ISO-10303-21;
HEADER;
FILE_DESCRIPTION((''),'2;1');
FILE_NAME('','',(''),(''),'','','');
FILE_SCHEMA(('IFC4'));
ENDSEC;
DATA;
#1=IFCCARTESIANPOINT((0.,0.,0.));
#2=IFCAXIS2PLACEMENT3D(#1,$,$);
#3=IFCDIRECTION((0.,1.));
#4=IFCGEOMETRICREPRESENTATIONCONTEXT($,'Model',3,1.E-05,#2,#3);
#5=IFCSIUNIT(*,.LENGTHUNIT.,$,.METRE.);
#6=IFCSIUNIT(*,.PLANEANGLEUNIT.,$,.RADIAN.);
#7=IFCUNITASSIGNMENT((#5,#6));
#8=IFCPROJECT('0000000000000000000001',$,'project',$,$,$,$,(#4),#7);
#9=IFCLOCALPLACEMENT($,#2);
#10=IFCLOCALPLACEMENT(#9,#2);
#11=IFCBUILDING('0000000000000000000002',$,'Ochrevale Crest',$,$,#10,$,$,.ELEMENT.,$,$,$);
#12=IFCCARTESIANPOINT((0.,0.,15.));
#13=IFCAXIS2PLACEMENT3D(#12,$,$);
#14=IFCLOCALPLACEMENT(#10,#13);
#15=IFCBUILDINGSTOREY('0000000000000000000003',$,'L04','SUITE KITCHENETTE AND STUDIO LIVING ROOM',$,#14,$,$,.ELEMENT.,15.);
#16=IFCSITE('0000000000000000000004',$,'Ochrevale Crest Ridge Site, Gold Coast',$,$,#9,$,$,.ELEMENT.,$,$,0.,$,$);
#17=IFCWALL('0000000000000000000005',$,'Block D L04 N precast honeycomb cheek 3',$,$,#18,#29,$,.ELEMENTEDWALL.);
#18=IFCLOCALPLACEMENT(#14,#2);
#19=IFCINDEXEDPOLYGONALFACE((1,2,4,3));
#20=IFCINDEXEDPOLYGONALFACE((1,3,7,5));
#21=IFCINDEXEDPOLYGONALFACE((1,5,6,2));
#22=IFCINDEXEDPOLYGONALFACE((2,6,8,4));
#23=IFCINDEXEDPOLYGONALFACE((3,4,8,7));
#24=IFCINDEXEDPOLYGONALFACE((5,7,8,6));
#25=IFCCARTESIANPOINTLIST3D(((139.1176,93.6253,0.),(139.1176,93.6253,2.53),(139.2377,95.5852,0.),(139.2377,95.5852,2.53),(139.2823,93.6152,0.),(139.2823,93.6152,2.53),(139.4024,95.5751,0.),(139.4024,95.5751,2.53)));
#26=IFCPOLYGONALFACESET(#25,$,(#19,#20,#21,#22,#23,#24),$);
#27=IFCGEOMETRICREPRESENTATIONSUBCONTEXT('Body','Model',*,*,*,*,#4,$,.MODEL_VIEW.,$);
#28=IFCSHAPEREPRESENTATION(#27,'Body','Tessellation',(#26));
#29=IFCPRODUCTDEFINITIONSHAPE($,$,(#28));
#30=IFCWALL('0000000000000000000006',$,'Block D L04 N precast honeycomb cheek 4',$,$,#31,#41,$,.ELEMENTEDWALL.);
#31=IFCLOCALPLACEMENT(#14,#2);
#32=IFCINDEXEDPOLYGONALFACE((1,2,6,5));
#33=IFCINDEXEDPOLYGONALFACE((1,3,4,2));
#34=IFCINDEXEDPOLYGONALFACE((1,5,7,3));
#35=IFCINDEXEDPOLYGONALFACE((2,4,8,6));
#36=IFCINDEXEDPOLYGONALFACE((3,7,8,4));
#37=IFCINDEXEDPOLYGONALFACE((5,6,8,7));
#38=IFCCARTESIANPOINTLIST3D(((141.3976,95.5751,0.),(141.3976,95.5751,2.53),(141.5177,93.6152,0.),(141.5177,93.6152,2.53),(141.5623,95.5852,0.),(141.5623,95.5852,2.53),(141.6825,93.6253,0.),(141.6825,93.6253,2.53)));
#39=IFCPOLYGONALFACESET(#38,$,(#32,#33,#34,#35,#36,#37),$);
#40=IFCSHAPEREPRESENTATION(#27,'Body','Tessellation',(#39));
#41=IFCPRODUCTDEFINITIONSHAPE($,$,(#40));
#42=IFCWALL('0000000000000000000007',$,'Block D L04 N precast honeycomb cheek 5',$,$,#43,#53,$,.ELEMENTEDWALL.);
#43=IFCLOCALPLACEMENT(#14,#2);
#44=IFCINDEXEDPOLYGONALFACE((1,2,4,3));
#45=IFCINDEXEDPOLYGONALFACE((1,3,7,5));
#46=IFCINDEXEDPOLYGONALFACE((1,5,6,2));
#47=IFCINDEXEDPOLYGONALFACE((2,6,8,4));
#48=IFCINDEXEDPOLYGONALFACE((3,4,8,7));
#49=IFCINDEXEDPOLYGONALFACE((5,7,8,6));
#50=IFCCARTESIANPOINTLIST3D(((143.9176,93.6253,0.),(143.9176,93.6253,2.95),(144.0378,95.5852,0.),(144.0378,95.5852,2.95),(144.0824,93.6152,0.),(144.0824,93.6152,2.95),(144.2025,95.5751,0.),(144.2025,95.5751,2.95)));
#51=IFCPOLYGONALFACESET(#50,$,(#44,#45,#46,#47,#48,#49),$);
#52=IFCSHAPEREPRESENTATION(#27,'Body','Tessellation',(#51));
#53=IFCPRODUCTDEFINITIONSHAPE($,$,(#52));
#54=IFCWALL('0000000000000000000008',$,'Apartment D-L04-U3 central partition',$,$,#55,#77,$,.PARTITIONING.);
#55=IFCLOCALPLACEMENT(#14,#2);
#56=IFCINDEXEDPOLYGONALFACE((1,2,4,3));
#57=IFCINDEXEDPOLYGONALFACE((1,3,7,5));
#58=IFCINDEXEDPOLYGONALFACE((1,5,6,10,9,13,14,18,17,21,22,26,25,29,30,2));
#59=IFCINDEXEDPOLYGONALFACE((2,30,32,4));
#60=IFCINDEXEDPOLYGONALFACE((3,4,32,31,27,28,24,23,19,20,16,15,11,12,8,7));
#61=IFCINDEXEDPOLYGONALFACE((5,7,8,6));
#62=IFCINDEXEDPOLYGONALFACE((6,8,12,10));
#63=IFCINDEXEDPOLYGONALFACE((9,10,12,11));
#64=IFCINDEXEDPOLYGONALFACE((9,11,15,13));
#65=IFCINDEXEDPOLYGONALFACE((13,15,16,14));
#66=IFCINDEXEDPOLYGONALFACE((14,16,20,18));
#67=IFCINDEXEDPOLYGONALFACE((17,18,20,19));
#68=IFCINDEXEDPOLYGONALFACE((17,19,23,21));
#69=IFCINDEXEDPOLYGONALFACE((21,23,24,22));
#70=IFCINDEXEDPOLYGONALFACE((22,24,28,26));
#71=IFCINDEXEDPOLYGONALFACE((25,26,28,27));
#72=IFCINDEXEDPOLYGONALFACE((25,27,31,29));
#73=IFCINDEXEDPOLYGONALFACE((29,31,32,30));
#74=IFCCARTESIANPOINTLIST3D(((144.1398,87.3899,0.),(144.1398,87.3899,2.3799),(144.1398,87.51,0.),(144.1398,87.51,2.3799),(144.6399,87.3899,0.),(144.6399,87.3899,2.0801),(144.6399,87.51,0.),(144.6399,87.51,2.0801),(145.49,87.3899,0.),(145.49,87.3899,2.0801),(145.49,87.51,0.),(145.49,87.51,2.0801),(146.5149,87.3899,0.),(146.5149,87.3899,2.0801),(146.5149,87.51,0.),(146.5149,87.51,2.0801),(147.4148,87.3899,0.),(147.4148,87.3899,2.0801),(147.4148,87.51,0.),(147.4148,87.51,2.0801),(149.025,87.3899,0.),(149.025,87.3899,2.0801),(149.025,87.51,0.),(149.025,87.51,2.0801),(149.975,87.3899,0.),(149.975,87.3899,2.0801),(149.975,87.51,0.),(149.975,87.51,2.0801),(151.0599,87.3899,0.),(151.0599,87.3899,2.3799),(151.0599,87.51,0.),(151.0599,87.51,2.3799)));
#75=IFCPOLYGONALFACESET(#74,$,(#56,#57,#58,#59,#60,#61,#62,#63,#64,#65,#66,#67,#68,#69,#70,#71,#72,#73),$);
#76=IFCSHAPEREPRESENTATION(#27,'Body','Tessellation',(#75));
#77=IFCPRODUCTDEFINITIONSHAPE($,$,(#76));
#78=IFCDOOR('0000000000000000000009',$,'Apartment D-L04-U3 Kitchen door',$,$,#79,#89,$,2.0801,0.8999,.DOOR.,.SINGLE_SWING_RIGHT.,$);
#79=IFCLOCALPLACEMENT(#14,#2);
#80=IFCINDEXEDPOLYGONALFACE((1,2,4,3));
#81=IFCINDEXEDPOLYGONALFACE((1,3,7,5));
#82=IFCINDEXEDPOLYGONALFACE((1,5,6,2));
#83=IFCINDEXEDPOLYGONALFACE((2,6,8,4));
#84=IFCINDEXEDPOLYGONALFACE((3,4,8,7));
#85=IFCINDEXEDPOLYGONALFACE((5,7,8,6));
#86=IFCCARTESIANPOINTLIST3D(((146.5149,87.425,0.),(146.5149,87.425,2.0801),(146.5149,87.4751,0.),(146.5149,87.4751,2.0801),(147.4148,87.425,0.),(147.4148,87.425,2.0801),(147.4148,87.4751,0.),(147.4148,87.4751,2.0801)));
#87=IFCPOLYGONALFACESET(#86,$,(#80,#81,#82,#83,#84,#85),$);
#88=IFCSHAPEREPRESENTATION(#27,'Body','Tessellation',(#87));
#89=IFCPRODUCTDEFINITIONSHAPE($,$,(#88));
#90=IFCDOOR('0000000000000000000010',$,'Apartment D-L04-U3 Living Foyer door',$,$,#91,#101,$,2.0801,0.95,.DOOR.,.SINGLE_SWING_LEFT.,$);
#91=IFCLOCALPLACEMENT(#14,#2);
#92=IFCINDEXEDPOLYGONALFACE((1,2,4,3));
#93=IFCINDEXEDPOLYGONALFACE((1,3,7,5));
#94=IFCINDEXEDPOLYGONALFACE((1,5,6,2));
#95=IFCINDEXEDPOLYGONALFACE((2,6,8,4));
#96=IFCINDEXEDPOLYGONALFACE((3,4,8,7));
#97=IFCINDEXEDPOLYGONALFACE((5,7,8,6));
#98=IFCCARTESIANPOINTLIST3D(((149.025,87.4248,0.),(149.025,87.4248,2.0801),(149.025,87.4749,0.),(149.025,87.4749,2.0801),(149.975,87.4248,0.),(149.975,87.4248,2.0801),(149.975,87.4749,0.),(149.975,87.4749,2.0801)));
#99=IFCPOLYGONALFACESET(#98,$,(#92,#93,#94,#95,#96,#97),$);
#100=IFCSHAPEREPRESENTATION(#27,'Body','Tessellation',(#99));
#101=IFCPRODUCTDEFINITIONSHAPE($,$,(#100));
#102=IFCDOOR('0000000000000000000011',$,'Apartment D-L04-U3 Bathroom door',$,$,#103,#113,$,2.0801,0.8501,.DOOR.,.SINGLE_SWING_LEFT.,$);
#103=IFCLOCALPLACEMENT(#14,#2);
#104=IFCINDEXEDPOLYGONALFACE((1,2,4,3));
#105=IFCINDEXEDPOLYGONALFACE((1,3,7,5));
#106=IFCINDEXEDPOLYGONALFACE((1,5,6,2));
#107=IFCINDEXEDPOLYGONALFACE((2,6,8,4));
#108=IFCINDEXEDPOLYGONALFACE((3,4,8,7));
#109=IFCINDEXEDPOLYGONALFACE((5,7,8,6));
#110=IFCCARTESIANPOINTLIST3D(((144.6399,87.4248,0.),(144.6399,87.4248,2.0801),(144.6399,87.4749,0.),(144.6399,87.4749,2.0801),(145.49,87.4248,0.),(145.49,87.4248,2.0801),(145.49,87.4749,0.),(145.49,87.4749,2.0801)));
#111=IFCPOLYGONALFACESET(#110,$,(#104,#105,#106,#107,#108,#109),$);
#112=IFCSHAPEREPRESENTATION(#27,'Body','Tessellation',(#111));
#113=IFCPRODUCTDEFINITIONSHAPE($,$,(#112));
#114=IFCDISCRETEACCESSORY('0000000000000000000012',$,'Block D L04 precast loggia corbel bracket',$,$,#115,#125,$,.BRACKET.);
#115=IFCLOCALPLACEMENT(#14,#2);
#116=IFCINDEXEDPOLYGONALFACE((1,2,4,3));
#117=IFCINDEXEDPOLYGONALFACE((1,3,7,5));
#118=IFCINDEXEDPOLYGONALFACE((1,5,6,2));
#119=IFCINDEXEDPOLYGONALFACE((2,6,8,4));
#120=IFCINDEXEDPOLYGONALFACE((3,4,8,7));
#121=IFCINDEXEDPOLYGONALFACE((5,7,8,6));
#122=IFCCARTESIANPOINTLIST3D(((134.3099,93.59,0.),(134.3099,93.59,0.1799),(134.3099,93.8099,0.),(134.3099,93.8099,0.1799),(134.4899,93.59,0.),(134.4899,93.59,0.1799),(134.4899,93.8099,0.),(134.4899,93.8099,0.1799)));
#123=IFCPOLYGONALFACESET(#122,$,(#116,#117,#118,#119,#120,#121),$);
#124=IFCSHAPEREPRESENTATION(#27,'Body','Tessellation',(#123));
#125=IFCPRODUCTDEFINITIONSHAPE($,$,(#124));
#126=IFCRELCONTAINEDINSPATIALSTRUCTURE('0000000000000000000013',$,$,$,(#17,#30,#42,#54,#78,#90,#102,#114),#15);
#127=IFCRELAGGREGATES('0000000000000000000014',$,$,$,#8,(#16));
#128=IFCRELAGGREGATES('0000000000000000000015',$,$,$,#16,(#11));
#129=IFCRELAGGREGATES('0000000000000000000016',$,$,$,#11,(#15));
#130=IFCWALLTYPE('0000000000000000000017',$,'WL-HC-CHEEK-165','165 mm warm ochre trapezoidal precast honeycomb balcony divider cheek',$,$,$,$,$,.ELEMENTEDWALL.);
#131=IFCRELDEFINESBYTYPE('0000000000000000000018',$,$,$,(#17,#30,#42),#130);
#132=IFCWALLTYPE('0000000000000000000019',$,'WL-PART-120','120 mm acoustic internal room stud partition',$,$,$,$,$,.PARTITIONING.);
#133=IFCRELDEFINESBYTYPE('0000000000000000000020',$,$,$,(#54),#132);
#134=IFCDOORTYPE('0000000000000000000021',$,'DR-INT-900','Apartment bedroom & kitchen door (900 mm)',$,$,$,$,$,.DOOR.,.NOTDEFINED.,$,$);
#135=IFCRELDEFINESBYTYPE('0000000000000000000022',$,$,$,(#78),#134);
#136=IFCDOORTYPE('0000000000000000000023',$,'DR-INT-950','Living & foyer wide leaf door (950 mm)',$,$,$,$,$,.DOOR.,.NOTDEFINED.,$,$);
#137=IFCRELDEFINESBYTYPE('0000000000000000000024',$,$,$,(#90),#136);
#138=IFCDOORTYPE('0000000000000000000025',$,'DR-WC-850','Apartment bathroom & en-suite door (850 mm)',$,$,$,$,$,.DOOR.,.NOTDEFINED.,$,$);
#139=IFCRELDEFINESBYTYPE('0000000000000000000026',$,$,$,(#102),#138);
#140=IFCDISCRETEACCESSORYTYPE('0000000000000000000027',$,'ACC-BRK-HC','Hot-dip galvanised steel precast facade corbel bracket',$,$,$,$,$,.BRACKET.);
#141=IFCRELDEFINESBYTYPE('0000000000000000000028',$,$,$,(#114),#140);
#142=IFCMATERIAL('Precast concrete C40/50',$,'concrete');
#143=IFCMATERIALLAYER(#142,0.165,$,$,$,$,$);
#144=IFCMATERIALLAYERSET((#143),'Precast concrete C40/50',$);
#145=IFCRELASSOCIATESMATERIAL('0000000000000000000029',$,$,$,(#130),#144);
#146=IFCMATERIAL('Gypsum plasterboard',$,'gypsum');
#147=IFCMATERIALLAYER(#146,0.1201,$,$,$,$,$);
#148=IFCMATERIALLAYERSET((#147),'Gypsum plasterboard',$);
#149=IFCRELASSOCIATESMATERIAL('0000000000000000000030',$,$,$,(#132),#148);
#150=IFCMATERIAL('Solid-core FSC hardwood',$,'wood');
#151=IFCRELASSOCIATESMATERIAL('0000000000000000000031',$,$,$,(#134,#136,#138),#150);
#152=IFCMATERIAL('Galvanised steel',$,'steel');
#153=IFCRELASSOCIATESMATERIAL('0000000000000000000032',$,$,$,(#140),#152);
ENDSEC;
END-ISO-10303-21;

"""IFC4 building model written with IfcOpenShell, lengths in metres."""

from ifc_helpers import new_model, si_unit, direction, frame, frame_2d, origin, origin_2d, place, context, subcontext, project, spatial, rectangle, extrude, material, layer, layer_set, type_object, element, fill, save


model = new_model("IFC4")

# Units and contexts
model_context = context("Model", 3, precision=1e-05, world=origin(), true_north=direction((0.0, 1.0)))
body_context = subcontext(model_context, "Body", "Model", "MODEL_VIEW")
ifc_project = project(units=[si_unit("LENGTHUNIT", "METRE"), si_unit("PLANEANGLEUNIT", "RADIAN")], contexts=[model_context])

# Site, building, storey
site_placement = place(None, origin())
site = spatial("IfcSite", under=ifc_project, at=site_placement, Name="Ochrevale Crest Ridge Site, Gold Coast", CompositionType="ELEMENT", RefElevation=0.0)
building_placement = place(site_placement, origin())
building = spatial("IfcBuilding", under=site, at=building_placement, Name="Ochrevale Crest", CompositionType="ELEMENT")
storey_placement = place(building_placement, frame((0.0, 0.0, 15.0)))
storey = spatial("IfcBuildingStorey", under=building, at=storey_placement, Name="L04", Description="SUITE KITCHENETTE AND STUDIO LIVING ROOM", CompositionType="ELEMENT", Elevation=15.0)

# Shared definitions
ifc_material_1 = material(Name="Precast concrete C40/50", Category="concrete")

# Walls
ifc_layer_1 = layer(ifc_material_1, 0.165)
ifc_layer_set_1 = layer_set([ifc_layer_1], Name="Precast concrete C40/50")
wall_type_1 = type_object("IfcWallType", Name="WL-HC-CHEEK-165", Description="165 mm warm ochre trapezoidal precast honeycomb balcony divider cheek", PredefinedType="ELEMENTEDWALL", material=ifc_layer_set_1)
for number, where, z_axis, x_axis, name in (
    (1, (139.2, 93.6201, 0.0), (0.0, 0.0, 1.0), (0.061171, 0.998127, 0.0), "Block D L04 N precast honeycomb cheek 3"),
    (2, (141.6001, 93.6201, 0.0), (0.0, 0.0, 1.0), (-0.061171, 0.998127, 0.0), "Block D L04 N precast honeycomb cheek 4"),
):
    element("IfcWall", number, at=place(storey_placement, frame(where, z_axis=z_axis, x_axis=x_axis)), inside=storey, type_object=wall_type_1, Name=name, PredefinedType="ELEMENTEDWALL", context=body_context, shape_type="SweptSolid", body=[
        extrude(rectangle(XDim=1.9636, YDim=0.165, at=frame_2d((0.9819, 0.0))), origin(), (0.0, 0.0, 1.0), 2.53),
    ])
wall_1_placement = place(storey_placement, frame((144.0, 93.6201, 0.0), z_axis=(0.0, 0.0, 1.0), x_axis=(0.061171, 0.998127, 0.0)))
element("IfcWall", 3, at=wall_1_placement, inside=storey, type_object=wall_type_1, Name="Block D L04 N precast honeycomb cheek 5", PredefinedType="ELEMENTEDWALL", context=body_context, shape_type="SweptSolid", body=[
    extrude(rectangle(XDim=1.9636, YDim=0.165, at=frame_2d((0.9819, 0.0))), origin(), (0.0, 0.0, 1.0), 2.95),
])

# Wall, openings, doors
ifc_material_2 = material(Name="Gypsum plasterboard", Category="gypsum")
ifc_layer_2 = layer(ifc_material_2, 0.1201)
ifc_layer_set_2 = layer_set([ifc_layer_2], Name="Gypsum plasterboard")
wall_type_2 = type_object("IfcWallType", Name="WL-PART-120", Description="120 mm acoustic internal room stud partition", PredefinedType="PARTITIONING", material=ifc_layer_set_2)
wall_2_placement = place(storey_placement, frame((144.1399, 87.45, 0.0), z_axis=(0.0, 0.0, 1.0), x_axis=(1.0, 0.0, 0.0)))
wall_2 = element("IfcWall", 4, at=wall_2_placement, inside=storey, type_object=wall_type_2, Name="Apartment D-L04-U3 central partition", PredefinedType="PARTITIONING", context=body_context, shape_type="SweptSolid", body=[
    extrude(rectangle(XDim=6.9202, YDim=0.1201, at=frame_2d((3.46, 0.0))), origin(), (0.0, 0.0, 1.0), 2.3799),
])
opening_1_placement = place(wall_2_placement, frame((0.5, 0.0, 0.0)))
opening_1 = element("IfcOpeningElement", 5, at=opening_1_placement, cuts=wall_2, PredefinedType="OPENING", context=body_context, shape_type="SweptSolid", body=[
    extrude(rectangle(XDim=0.8501, YDim=2.0801, at=frame_2d((0.425, 1.04))), frame((0.0, 0.0701, 0.0), z_axis=(0.0, -1.0, 0.0), x_axis=(1.0, 0.0, 0.0)), (0.0, 0.0, 1.0), 0.1401),
])
opening_2_placement = place(wall_2_placement, frame((3.2749, 0.0, 0.0), z_axis=(0.0, 0.0, 1.0), x_axis=(-1.0, 0.0, 0.0)))
opening_2 = element("IfcOpeningElement", 6, at=opening_2_placement, cuts=wall_2, PredefinedType="OPENING", context=body_context, shape_type="SweptSolid", body=[
    extrude(rectangle(XDim=0.8999, YDim=2.0801, at=frame_2d((0.45, 1.04))), frame((0.0, 0.0701, 0.0), z_axis=(0.0, -1.0, 0.0), x_axis=(1.0, 0.0, 0.0)), (0.0, 0.0, 1.0), 0.1401),
])
opening_3_placement = place(wall_2_placement, frame((4.885, 0.0, 0.0)))
opening_3 = element("IfcOpeningElement", 7, at=opening_3_placement, cuts=wall_2, PredefinedType="OPENING", context=body_context, shape_type="SweptSolid", body=[
    extrude(rectangle(XDim=0.95, YDim=2.0801, at=frame_2d((0.4751, 1.04))), frame((0.0, 0.0701, 0.0), z_axis=(0.0, -1.0, 0.0), x_axis=(1.0, 0.0, 0.0)), (0.0, 0.0, 1.0), 0.1401),
])
ifc_material_3 = material(Name="Solid-core FSC hardwood", Category="wood")
door_type_1 = type_object("IfcDoorType", Name="DR-INT-900", Description="Apartment bedroom & kitchen door (900 mm)", OperationType="NOTDEFINED", PredefinedType="DOOR", material=ifc_material_3)
door_1_placement = place(opening_2_placement, origin())
door_1 = element("IfcDoor", 8, at=door_1_placement, inside=storey, type_object=door_type_1, Name="Apartment D-L04-U3 Kitchen door", OperationType="SINGLE_SWING_RIGHT", OverallHeight=2.0801, OverallWidth=0.8999, PredefinedType="DOOR", context=body_context, shape_type="SweptSolid", body=[
    extrude(rectangle(XDim=0.8999, YDim=2.0801, at=frame_2d((0.45, 1.04))), frame((0.0, 0.0249, 0.0), z_axis=(0.0, -1.0, 0.0), x_axis=(1.0, 0.0, 0.0)), (0.0, 0.0, 1.0), 0.05),
])
fill(opening_2, door_1)
door_type_2 = type_object("IfcDoorType", Name="DR-INT-950", Description="Living & foyer wide leaf door (950 mm)", OperationType="NOTDEFINED", PredefinedType="DOOR", material=ifc_material_3)
door_2_placement = place(opening_3_placement, origin())
door_2 = element("IfcDoor", 9, at=door_2_placement, inside=storey, type_object=door_type_2, Name="Apartment D-L04-U3 Living Foyer door", OperationType="SINGLE_SWING_LEFT", OverallHeight=2.0801, OverallWidth=0.95, PredefinedType="DOOR", context=body_context, shape_type="SweptSolid", body=[
    extrude(rectangle(XDim=0.95, YDim=2.0801, at=frame_2d((0.4751, 1.04))), frame((0.0, 0.0249, 0.0), z_axis=(0.0, -1.0, 0.0), x_axis=(1.0, 0.0, 0.0)), (0.0, 0.0, 1.0), 0.05),
])
fill(opening_3, door_2)
door_type_3 = type_object("IfcDoorType", Name="DR-WC-850", Description="Apartment bathroom & en-suite door (850 mm)", OperationType="NOTDEFINED", PredefinedType="DOOR", material=ifc_material_3)
door_3_placement = place(opening_1_placement, origin())
door_3 = element("IfcDoor", 10, at=door_3_placement, inside=storey, type_object=door_type_3, Name="Apartment D-L04-U3 Bathroom door", OperationType="SINGLE_SWING_LEFT", OverallHeight=2.0801, OverallWidth=0.8501, PredefinedType="DOOR", context=body_context, shape_type="SweptSolid", body=[
    extrude(rectangle(XDim=0.8501, YDim=2.0801, at=frame_2d((0.425, 1.04))), frame((0.0, 0.0249, 0.0), z_axis=(0.0, -1.0, 0.0), x_axis=(1.0, 0.0, 0.0)), (0.0, 0.0, 1.0), 0.05),
])
fill(opening_1, door_3)

# Discrete accessory
ifc_material_4 = material(Name="Galvanised steel", Category="steel")
discrete_accessory_type = type_object("IfcDiscreteAccessoryType", Name="ACC-BRK-HC", Description="Hot-dip galvanised steel precast facade corbel bracket", PredefinedType="BRACKET", material=ifc_material_4)
discrete_accessory_placement = place(storey_placement, frame((134.3999, 93.7, 0.0), z_axis=(0.0, 0.0, 1.0), x_axis=(1.0, 0.0, 0.0)))
element("IfcDiscreteAccessory", 11, at=discrete_accessory_placement, inside=storey, type_object=discrete_accessory_type, Name="Block D L04 precast loggia corbel bracket", PredefinedType="BRACKET", context=body_context, shape_type="SweptSolid", body=[
    extrude(rectangle(XDim=0.1799, YDim=0.22, at=origin_2d()), origin(), (0.0, 0.0, 1.0), 0.1799),
])

save(model, "model.ifc")
